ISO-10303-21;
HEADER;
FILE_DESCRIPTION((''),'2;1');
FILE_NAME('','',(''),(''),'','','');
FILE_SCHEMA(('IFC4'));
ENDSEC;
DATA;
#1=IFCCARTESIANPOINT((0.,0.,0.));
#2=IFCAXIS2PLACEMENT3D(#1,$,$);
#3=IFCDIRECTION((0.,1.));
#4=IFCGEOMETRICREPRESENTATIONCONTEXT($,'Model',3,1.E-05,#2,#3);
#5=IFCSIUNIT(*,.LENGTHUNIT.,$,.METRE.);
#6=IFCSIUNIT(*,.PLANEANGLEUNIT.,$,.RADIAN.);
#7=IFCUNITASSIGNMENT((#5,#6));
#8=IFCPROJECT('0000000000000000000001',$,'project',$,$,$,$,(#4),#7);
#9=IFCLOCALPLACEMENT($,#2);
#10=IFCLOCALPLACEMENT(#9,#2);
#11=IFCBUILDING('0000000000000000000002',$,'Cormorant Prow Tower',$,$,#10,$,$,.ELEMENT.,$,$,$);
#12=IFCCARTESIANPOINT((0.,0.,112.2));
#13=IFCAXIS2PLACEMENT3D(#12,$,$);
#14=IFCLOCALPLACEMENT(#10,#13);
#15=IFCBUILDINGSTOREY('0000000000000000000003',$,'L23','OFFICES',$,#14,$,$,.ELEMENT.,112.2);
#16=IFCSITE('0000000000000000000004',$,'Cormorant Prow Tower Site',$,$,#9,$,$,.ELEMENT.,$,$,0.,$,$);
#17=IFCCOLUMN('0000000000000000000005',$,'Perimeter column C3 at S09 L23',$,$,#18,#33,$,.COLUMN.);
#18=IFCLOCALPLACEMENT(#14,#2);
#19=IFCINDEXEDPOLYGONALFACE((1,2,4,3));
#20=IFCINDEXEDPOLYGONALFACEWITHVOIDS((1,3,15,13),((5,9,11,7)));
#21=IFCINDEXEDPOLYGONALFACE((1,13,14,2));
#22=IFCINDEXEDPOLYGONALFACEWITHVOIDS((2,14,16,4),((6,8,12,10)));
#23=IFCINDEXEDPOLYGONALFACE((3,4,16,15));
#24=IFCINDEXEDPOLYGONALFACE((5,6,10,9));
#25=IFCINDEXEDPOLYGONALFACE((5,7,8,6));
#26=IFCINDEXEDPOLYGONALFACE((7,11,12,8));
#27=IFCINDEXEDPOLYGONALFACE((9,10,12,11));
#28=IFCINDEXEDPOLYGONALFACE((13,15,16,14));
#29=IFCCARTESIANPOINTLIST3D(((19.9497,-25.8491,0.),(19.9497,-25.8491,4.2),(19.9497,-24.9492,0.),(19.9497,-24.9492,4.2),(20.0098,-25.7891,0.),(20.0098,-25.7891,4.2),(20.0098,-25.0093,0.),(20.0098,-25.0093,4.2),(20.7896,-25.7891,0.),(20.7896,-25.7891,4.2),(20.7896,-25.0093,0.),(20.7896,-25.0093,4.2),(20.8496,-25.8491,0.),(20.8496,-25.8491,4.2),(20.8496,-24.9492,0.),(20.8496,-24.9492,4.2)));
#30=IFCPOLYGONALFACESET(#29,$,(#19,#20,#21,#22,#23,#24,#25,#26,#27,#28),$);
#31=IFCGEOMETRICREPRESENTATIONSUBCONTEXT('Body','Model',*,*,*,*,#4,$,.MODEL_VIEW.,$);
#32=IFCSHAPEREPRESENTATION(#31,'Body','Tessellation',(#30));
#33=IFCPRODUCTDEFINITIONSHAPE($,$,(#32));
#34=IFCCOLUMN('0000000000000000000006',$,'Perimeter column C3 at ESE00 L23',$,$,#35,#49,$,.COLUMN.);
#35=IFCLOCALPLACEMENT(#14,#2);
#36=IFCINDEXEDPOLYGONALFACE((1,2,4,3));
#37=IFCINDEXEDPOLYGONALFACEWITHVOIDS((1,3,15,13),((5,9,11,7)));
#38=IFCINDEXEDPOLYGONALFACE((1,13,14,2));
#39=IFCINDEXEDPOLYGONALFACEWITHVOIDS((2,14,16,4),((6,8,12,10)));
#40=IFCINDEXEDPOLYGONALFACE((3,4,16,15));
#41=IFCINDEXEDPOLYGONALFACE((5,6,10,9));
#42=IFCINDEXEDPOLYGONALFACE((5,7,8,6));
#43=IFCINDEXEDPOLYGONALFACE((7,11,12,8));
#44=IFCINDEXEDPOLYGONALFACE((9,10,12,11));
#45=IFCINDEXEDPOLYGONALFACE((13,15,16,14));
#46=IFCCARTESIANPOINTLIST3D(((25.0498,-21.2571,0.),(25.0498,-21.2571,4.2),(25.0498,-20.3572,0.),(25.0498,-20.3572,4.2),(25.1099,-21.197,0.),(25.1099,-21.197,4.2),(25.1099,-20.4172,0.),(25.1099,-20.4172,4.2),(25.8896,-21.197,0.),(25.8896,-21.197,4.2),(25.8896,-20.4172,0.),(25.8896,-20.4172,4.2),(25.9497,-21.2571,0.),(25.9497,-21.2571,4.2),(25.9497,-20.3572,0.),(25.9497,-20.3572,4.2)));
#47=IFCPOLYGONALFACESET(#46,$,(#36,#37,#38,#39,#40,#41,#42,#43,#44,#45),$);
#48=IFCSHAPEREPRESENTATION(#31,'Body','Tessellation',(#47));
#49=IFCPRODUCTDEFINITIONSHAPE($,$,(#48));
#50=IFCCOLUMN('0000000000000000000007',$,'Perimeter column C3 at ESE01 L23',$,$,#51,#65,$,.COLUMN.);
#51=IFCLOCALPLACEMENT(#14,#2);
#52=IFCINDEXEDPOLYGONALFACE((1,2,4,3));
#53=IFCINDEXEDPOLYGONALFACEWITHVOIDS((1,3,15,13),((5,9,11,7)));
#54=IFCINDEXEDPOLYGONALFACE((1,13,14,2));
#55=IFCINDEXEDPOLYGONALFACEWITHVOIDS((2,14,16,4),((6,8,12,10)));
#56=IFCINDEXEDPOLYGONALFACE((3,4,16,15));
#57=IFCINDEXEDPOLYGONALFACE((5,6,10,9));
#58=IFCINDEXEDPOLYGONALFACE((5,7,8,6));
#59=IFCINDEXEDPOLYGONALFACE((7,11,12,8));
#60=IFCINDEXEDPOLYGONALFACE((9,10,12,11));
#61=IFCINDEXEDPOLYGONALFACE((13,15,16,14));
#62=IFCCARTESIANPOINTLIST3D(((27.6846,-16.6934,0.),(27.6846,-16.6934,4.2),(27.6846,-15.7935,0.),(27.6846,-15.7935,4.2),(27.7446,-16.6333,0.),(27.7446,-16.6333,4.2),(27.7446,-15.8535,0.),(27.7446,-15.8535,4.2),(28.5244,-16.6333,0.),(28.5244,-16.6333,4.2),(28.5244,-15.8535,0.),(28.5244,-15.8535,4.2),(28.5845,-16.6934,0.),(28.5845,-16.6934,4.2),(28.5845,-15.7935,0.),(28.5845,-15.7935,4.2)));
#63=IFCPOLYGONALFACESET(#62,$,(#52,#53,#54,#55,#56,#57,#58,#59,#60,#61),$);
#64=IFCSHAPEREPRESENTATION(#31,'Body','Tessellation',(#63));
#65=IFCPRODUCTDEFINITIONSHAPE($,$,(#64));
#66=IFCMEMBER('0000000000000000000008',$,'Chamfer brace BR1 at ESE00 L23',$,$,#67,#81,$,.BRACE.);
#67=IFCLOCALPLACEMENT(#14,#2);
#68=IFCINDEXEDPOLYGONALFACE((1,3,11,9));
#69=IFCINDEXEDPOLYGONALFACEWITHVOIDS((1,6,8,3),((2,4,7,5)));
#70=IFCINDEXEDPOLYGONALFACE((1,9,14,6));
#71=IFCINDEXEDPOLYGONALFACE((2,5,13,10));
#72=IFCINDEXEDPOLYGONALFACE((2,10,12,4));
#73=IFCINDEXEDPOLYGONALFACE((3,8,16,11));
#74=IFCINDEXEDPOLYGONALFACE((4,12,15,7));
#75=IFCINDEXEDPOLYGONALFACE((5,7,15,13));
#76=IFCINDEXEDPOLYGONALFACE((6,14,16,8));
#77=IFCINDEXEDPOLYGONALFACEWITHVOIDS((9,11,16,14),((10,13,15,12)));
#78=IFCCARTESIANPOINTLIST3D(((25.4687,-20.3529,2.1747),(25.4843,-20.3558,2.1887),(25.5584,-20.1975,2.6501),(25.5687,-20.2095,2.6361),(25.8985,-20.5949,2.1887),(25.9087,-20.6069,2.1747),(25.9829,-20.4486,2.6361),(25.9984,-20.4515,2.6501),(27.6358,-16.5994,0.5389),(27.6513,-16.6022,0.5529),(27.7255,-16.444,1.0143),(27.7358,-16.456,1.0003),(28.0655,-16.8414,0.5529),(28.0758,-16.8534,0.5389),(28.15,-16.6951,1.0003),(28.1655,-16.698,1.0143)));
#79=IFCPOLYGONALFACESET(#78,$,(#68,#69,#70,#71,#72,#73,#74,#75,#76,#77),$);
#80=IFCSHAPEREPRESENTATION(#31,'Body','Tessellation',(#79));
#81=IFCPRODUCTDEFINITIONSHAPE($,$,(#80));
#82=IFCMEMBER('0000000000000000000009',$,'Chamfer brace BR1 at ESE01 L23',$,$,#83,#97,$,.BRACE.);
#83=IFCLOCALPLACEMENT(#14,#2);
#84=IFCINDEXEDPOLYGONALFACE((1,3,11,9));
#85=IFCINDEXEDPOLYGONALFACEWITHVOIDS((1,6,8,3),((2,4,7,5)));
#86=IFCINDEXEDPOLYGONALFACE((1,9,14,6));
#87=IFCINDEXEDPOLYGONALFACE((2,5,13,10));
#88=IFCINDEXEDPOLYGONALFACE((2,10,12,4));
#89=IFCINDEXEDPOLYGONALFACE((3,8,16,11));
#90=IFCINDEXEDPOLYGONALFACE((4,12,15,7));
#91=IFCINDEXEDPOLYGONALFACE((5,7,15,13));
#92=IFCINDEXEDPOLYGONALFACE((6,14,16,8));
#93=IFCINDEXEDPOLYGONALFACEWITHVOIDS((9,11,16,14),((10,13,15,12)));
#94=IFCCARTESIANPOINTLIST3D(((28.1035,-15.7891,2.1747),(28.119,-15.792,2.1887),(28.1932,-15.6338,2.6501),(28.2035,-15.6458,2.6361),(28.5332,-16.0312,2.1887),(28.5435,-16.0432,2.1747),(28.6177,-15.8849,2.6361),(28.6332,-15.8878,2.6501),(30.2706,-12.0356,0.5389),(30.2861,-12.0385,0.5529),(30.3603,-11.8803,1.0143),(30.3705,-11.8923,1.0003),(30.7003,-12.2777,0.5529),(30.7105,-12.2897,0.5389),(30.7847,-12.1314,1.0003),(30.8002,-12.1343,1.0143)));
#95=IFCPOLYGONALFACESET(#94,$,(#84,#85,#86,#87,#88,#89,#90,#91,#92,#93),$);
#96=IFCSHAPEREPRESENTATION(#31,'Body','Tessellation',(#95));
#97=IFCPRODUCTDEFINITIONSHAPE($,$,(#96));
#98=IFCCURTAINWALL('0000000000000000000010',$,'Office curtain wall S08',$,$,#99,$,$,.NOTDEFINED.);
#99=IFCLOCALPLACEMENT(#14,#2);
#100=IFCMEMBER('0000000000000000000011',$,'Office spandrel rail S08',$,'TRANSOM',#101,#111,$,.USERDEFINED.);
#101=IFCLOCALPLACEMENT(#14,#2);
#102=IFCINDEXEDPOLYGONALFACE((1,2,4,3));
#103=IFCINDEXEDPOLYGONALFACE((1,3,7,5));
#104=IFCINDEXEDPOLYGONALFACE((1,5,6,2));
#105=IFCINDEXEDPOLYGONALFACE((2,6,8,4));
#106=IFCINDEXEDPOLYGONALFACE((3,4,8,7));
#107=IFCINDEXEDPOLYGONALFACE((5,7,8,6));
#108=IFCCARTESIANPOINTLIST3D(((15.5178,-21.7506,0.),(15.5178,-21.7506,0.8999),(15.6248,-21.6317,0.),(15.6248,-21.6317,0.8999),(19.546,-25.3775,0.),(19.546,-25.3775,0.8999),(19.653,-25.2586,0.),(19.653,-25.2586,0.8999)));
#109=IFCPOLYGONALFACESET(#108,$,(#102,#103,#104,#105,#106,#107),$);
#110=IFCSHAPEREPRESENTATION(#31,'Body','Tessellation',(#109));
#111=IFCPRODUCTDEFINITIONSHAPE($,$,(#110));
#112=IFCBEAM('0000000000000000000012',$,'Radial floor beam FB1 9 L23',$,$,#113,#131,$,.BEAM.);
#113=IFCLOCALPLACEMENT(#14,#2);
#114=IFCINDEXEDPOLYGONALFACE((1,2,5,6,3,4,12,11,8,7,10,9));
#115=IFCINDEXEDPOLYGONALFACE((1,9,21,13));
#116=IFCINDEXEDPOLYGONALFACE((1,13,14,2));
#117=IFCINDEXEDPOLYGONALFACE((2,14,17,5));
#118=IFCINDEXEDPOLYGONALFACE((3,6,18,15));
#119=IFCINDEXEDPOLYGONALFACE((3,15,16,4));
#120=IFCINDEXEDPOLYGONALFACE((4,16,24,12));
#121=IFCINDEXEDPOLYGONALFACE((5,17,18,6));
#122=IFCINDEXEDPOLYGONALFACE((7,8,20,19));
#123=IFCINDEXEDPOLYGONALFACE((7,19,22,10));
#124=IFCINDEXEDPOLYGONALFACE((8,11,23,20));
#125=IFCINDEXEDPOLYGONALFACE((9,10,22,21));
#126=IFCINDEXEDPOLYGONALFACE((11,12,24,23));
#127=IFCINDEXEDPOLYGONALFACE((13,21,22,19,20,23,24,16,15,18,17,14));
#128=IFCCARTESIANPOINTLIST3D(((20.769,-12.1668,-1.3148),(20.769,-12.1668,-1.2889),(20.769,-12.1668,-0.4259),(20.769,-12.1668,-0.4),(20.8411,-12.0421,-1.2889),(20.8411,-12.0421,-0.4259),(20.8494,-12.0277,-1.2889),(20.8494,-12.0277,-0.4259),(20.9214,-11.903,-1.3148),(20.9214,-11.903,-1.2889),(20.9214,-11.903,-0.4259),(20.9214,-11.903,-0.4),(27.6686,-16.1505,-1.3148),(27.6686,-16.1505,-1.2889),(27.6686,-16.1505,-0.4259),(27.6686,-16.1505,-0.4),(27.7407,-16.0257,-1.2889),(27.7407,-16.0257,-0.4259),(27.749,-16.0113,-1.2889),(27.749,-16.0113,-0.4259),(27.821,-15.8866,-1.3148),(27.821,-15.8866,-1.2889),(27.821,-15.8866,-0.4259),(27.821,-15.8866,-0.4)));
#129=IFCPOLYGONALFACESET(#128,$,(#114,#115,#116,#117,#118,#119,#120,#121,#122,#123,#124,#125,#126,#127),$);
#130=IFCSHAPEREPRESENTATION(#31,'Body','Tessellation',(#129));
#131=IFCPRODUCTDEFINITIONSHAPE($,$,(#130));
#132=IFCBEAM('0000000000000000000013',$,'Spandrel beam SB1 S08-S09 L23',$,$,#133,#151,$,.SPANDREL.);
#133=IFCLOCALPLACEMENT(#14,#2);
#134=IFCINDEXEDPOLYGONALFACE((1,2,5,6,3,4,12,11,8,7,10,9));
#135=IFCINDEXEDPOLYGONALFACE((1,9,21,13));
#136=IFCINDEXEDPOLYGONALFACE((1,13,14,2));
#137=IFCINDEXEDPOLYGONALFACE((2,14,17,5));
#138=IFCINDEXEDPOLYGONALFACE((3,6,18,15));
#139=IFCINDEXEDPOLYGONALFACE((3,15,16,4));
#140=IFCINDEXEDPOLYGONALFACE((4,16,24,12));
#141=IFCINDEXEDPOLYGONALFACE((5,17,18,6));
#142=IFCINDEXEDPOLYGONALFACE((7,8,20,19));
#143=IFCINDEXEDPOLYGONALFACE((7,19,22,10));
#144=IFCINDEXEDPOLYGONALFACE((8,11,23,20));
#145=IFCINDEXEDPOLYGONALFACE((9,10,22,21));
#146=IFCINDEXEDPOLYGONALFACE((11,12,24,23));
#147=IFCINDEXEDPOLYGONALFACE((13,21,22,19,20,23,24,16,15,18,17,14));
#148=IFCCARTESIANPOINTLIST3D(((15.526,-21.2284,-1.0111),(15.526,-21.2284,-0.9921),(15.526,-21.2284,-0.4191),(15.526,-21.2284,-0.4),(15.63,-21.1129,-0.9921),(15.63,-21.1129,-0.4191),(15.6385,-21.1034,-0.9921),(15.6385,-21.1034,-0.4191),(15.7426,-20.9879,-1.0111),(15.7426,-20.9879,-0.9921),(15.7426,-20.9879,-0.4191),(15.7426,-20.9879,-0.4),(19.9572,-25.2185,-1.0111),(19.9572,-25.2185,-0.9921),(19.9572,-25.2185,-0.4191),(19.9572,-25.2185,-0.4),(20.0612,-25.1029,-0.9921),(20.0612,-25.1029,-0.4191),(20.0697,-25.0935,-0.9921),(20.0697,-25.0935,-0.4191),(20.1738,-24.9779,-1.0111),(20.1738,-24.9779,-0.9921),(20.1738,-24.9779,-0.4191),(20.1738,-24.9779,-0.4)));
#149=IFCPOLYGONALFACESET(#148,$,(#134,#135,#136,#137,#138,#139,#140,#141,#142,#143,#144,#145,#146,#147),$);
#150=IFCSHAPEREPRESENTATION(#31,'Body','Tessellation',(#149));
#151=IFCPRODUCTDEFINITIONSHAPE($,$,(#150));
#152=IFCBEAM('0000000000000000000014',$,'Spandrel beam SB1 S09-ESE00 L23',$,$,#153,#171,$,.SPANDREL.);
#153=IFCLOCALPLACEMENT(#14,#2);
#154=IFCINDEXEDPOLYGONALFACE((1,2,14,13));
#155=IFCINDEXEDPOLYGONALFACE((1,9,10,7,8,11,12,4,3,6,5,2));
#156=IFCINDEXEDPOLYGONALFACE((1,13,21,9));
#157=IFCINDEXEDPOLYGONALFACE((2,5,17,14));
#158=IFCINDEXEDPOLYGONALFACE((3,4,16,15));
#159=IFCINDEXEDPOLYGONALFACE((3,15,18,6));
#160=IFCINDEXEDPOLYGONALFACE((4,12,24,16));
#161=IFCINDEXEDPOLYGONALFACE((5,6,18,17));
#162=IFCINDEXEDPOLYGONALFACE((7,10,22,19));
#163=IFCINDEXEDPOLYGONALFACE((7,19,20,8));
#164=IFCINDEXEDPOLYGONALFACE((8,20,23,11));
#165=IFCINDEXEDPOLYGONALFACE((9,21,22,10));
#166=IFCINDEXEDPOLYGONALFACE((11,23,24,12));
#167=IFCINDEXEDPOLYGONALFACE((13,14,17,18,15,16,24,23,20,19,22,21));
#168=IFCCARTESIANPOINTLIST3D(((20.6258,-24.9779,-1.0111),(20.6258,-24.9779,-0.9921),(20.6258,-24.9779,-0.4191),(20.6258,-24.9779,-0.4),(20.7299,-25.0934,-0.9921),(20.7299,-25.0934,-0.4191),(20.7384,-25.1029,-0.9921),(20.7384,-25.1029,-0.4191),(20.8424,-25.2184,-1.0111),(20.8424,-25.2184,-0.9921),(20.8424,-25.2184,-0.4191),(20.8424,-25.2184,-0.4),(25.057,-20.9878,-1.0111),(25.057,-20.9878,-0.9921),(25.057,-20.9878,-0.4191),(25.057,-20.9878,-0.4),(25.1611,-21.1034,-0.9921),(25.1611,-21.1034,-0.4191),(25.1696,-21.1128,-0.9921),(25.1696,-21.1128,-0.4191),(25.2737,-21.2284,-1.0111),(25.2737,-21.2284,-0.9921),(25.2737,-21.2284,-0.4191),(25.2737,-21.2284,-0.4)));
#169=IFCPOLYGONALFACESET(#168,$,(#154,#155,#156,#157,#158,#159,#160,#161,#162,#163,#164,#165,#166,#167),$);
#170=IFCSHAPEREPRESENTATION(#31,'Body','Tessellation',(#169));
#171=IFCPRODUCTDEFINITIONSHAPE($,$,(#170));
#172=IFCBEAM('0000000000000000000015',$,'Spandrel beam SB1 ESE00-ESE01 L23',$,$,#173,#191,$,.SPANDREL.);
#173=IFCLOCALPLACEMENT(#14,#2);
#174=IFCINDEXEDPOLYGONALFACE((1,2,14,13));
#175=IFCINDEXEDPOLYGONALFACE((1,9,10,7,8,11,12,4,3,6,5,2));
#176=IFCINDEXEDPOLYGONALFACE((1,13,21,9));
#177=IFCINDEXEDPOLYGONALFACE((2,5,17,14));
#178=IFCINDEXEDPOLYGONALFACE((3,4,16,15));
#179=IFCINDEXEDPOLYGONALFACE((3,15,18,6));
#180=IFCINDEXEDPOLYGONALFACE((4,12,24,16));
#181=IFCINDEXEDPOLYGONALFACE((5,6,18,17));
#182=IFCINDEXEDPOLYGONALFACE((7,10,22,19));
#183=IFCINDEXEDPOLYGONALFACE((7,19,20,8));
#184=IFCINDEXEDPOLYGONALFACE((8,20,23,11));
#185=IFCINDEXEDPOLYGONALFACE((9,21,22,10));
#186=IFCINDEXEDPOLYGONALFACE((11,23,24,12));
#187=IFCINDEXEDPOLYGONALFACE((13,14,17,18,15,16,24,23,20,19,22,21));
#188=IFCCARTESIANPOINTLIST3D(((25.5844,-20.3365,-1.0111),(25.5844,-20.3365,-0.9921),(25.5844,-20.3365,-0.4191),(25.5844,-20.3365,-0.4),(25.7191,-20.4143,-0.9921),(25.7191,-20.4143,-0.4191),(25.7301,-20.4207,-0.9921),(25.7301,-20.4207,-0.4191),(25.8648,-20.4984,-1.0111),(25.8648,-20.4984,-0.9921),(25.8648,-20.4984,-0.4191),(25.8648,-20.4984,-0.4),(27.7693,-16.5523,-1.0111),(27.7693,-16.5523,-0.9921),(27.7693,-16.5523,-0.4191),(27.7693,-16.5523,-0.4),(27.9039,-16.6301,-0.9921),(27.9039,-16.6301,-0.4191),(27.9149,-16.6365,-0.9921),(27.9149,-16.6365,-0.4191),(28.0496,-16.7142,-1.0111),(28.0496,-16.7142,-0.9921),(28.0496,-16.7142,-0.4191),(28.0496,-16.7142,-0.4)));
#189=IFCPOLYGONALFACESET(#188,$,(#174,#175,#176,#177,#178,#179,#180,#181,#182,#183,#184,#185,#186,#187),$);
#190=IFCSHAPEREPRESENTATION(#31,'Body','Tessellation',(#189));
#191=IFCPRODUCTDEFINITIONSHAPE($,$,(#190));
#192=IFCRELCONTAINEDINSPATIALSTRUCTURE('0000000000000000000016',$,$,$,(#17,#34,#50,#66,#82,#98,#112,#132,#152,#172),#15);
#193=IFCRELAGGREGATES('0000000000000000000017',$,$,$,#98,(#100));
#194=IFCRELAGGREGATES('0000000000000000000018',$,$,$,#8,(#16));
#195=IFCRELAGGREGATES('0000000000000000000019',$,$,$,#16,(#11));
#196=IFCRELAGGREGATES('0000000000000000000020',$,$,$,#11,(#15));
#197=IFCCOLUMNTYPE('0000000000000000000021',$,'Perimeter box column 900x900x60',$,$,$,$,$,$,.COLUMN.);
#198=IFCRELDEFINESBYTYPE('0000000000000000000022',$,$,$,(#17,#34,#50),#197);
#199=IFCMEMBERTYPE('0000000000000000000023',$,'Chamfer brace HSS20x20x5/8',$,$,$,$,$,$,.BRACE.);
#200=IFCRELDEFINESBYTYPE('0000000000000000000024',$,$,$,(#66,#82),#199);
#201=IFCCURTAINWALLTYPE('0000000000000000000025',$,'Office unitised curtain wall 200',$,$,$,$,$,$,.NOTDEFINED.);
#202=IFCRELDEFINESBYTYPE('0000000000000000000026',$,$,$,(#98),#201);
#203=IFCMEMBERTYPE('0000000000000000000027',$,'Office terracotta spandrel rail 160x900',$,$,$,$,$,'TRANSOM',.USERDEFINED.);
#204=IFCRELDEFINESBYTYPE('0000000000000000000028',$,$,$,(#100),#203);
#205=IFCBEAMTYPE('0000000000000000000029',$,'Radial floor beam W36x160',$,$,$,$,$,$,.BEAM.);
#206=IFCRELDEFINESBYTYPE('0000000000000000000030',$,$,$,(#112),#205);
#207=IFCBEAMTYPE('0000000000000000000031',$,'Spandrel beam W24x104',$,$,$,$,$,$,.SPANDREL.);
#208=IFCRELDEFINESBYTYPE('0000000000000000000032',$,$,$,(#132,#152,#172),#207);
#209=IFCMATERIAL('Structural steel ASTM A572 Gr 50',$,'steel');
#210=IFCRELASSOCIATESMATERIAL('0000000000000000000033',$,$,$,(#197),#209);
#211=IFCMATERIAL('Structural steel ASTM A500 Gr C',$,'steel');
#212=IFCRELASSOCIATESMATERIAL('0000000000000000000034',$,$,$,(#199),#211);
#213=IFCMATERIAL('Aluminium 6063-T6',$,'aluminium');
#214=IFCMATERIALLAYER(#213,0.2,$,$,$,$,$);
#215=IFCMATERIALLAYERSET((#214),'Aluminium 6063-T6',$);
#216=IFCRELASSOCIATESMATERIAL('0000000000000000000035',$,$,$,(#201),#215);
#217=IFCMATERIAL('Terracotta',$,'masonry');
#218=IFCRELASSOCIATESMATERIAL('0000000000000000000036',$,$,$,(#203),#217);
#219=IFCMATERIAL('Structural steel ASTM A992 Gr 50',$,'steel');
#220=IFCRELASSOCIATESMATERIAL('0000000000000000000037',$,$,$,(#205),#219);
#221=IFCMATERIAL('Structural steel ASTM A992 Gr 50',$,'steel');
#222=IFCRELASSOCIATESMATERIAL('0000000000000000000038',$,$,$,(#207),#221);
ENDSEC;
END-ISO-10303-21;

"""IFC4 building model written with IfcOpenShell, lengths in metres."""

from ifc_helpers import new_model, si_unit, direction, frame, origin, origin_2d, place, context, subcontext, project, spatial, rectangle, hollow_rectangle, i_section, extrude, material, layer, layer_set, material_profile, profile_set, type_object, element, aggregate, save


model = new_model("IFC4")

# Units and contexts
model_context = context("Model", 3, precision=1e-05, world=origin(), true_north=direction((0.0, 1.0)))
body_context = subcontext(model_context, "Body", "Model", "MODEL_VIEW")
ifc_project = project(units=[si_unit("LENGTHUNIT", "METRE"), si_unit("PLANEANGLEUNIT", "RADIAN")], contexts=[model_context])

# Site, building, storey
site_placement = place(None, origin())
site = spatial("IfcSite", under=ifc_project, at=site_placement, Name="Cormorant Prow Tower Site", CompositionType="ELEMENT", RefElevation=0.0)
building_placement = place(site_placement, origin())
building = spatial("IfcBuilding", under=site, at=building_placement, Name="Cormorant Prow Tower", CompositionType="ELEMENT")
storey_placement = place(building_placement, frame((0.0, 0.0, 112.2)))
storey = spatial("IfcBuildingStorey", under=building, at=storey_placement, Name="L23", Description="OFFICES", CompositionType="ELEMENT", Elevation=112.2)

# Columns
ifc_material_1 = material(Name="Structural steel ASTM A572 Gr 50", Category="steel")
ifc_material_profile_1 = material_profile(ifc_material_1, hollow_rectangle(XDim=0.8999, YDim=0.8999, WallThickness=0.0601, at=origin_2d()), Name="Box 900x900x60")
ifc_profile_set_1 = profile_set([ifc_material_profile_1], Name="Structural steel ASTM A572 Gr 50")
column_type = type_object("IfcColumnType", Name="Perimeter box column 900x900x60", PredefinedType="COLUMN", material=ifc_profile_set_1)
for number, where, z_axis, x_axis, name in (
    (1, (20.3997, -25.3992, 0.0), (0.0, 0.0, 1.0), (1.0, 0.0, 0.0), "Perimeter column C3 at S09 L23"),
    (2, (25.4998, -20.8071, 0.0), (0.0, 0.0, 1.0), (1.0, 0.0, 0.0), "Perimeter column C3 at ESE00 L23"),
    (3, (28.1345, -16.2434, 0.0), (0.0, 0.0, 1.0), (1.0, 0.0, 0.0), "Perimeter column C3 at ESE01 L23"),
):
    element("IfcColumn", number, at=place(storey_placement, frame(where, z_axis=z_axis, x_axis=x_axis)), inside=storey, type_object=column_type, Name=name, PredefinedType="COLUMN", context=body_context, shape_type="SweptSolid", body=[
        extrude(hollow_rectangle(XDim=0.8999, YDim=0.8999, WallThickness=0.0601, at=origin_2d()), origin(), (0.0, 0.0, 1.0), 4.2),
    ])

# Members
ifc_material_2 = material(Name="Structural steel ASTM A500 Gr C", Category="steel")
ifc_material_profile_2 = material_profile(ifc_material_2, hollow_rectangle(XDim=0.5081, YDim=0.5081, WallThickness=0.0149, at=origin_2d()), Name="HSS20x20x5/8")
ifc_profile_set_2 = profile_set([ifc_material_profile_2], Name="Structural steel ASTM A500 Gr C")
member_type_1 = type_object("IfcMemberType", Name="Chamfer brace HSS20x20x5/8", PredefinedType="BRACE", material=ifc_profile_set_2)
for number, where, z_axis, x_axis, name in (
    (4, (27.9006, -16.6487, 0.7766), (-0.467785, -0.810244, 0.353105), (0.86603, -0.499992, 0.0), "Chamfer brace BR1 at ESE00 L23"),
    (5, (30.5354, -12.085, 0.7766), (-0.467785, -0.810244, 0.353105), (0.86603, -0.499992, 0.0), "Chamfer brace BR1 at ESE01 L23"),
):
    element("IfcMember", number, at=place(storey_placement, frame(where, z_axis=z_axis, x_axis=x_axis)), inside=storey, type_object=member_type_1, Name=name, PredefinedType="BRACE", context=body_context, shape_type="SweptSolid", body=[
        extrude(hollow_rectangle(XDim=0.5081, YDim=0.5081, WallThickness=0.0149, at=origin_2d()), origin(), (0.0, 0.0, 1.0), 4.6326),
    ])

# Curtain wall, member
ifc_material_3 = material(Name="Aluminium 6063-T6", Category="aluminium")
ifc_layer_1 = layer(ifc_material_3, 0.2)
ifc_layer_set_1 = layer_set([ifc_layer_1], Name="Aluminium 6063-T6")
curtain_wall_type = type_object("IfcCurtainWallType", Name="Office unitised curtain wall 200", PredefinedType="NOTDEFINED", material=ifc_layer_set_1)
curtain_wall_placement = place(storey_placement, origin())
curtain_wall = element("IfcCurtainWall", 6, at=curtain_wall_placement, inside=storey, type_object=curtain_wall_type, Name="Office curtain wall S08", PredefinedType="NOTDEFINED")
ifc_material_4 = material(Name="Terracotta", Category="masonry")
ifc_material_profile_3 = material_profile(ifc_material_4, rectangle(XDim=0.1599, YDim=0.8999, at=origin_2d()), Name="Office terracotta spandrel rail 160x900")
ifc_profile_set_3 = profile_set([ifc_material_profile_3], Name="Terracotta")
member_type_2 = type_object("IfcMemberType", Name="Office terracotta spandrel rail 160x900", ElementType="TRANSOM", PredefinedType="USERDEFINED", material=ifc_profile_set_3)
member_placement = place(storey_placement, frame((15.5713, -21.6912, 0.45), z_axis=(0.74316, -0.669114, 0.0), x_axis=(0.669114, 0.74316, 0.0)))
member = element("IfcMember", 7, at=member_placement, type_object=member_type_2, Name="Office spandrel rail S08", ObjectType="TRANSOM", PredefinedType="USERDEFINED", context=body_context, shape_type="SweptSolid", body=[
    extrude(rectangle(XDim=0.1599, YDim=0.8999, at=origin_2d()), origin(), (0.0, 0.0, 1.0), 5.4204),
])

# Beams
ifc_material_5 = material(Name="Structural steel ASTM A992 Gr 50", Category="steel")
ifc_material_profile_4 = material_profile(ifc_material_5, i_section(OverallWidth=0.3047, OverallDepth=0.9148, WebThickness=0.0166, FlangeThickness=0.0259, at=origin_2d()), Name="W36x160")
ifc_profile_set_4 = profile_set([ifc_material_profile_4], Name="Structural steel ASTM A992 Gr 50")
beam_type_1 = type_object("IfcBeamType", Name="Radial floor beam W36x160", PredefinedType="BEAM", material=ifc_profile_set_4)
beam_placement = place(storey_placement, frame((20.8452, -12.0349, -0.8574), z_axis=(0.866019, -0.500012, 0.0), x_axis=(0.500012, 0.866019, 0.0)))
element("IfcBeam", 8, at=beam_placement, inside=storey, type_object=beam_type_1, Name="Radial floor beam FB1 9 L23", PredefinedType="BEAM", context=body_context, shape_type="SweptSolid", body=[
    extrude(i_section(OverallWidth=0.3047, OverallDepth=0.9148, WebThickness=0.0166, FlangeThickness=0.0259, at=origin_2d()), origin(), (0.0, 0.0, 1.0), 7.967),
])
ifc_material_6 = material(Name="Structural steel ASTM A992 Gr 50", Category="steel")
ifc_material_profile_5 = material_profile(ifc_material_6, i_section(OverallWidth=0.3237, OverallDepth=0.6111, WebThickness=0.0127, FlangeThickness=0.019, at=origin_2d()), Name="W24x104")
ifc_profile_set_5 = profile_set([ifc_material_profile_5], Name="Structural steel ASTM A992 Gr 50")
beam_type_2 = type_object("IfcBeamType", Name="Spandrel beam W24x104", PredefinedType="SPANDREL", material=ifc_profile_set_5)
for number, where, z_axis, x_axis, name in (
    (9, (15.6343, -21.1082, -0.7056), (0.743131, -0.669146, 0.0), (0.669146, 0.743131, 0.0), "Spandrel beam SB1 S08-S09 L23"),
    (10, (20.7341, -25.0981, -0.7056), (0.743131, 0.669146, 0.0), (-0.669146, 0.743131, 0.0), "Spandrel beam SB1 S09-ESE00 L23"),
):
    element("IfcBeam", number, at=place(storey_placement, frame(where, z_axis=z_axis, x_axis=x_axis)), inside=storey, type_object=beam_type_2, Name=name, PredefinedType="SPANDREL", context=body_context, shape_type="SweptSolid", body=[
        extrude(i_section(OverallWidth=0.3237, OverallDepth=0.6111, WebThickness=0.0127, FlangeThickness=0.019, at=origin_2d()), origin(), (0.0, 0.0, 1.0), 5.9629),
    ])
for number, where, z_axis, x_axis, name in (
    (11, (25.7246, -20.4175, -0.7056), (0.500003, 0.866024, 0.0), (-0.866024, 0.500003, 0.0), "Spandrel beam SB1 ESE00-ESE01 L23"),
):
    element("IfcBeam", number, at=place(storey_placement, frame(where, z_axis=z_axis, x_axis=x_axis)), inside=storey, type_object=beam_type_2, Name=name, PredefinedType="SPANDREL", context=body_context, shape_type="SweptSolid", body=[
        extrude(i_section(OverallWidth=0.3237, OverallDepth=0.6111, WebThickness=0.0127, FlangeThickness=0.019, at=origin_2d()), origin(), (0.0, 0.0, 1.0), 4.3696),
    ])

aggregate(curtain_wall, [member])

save(model, "model.ifc")
